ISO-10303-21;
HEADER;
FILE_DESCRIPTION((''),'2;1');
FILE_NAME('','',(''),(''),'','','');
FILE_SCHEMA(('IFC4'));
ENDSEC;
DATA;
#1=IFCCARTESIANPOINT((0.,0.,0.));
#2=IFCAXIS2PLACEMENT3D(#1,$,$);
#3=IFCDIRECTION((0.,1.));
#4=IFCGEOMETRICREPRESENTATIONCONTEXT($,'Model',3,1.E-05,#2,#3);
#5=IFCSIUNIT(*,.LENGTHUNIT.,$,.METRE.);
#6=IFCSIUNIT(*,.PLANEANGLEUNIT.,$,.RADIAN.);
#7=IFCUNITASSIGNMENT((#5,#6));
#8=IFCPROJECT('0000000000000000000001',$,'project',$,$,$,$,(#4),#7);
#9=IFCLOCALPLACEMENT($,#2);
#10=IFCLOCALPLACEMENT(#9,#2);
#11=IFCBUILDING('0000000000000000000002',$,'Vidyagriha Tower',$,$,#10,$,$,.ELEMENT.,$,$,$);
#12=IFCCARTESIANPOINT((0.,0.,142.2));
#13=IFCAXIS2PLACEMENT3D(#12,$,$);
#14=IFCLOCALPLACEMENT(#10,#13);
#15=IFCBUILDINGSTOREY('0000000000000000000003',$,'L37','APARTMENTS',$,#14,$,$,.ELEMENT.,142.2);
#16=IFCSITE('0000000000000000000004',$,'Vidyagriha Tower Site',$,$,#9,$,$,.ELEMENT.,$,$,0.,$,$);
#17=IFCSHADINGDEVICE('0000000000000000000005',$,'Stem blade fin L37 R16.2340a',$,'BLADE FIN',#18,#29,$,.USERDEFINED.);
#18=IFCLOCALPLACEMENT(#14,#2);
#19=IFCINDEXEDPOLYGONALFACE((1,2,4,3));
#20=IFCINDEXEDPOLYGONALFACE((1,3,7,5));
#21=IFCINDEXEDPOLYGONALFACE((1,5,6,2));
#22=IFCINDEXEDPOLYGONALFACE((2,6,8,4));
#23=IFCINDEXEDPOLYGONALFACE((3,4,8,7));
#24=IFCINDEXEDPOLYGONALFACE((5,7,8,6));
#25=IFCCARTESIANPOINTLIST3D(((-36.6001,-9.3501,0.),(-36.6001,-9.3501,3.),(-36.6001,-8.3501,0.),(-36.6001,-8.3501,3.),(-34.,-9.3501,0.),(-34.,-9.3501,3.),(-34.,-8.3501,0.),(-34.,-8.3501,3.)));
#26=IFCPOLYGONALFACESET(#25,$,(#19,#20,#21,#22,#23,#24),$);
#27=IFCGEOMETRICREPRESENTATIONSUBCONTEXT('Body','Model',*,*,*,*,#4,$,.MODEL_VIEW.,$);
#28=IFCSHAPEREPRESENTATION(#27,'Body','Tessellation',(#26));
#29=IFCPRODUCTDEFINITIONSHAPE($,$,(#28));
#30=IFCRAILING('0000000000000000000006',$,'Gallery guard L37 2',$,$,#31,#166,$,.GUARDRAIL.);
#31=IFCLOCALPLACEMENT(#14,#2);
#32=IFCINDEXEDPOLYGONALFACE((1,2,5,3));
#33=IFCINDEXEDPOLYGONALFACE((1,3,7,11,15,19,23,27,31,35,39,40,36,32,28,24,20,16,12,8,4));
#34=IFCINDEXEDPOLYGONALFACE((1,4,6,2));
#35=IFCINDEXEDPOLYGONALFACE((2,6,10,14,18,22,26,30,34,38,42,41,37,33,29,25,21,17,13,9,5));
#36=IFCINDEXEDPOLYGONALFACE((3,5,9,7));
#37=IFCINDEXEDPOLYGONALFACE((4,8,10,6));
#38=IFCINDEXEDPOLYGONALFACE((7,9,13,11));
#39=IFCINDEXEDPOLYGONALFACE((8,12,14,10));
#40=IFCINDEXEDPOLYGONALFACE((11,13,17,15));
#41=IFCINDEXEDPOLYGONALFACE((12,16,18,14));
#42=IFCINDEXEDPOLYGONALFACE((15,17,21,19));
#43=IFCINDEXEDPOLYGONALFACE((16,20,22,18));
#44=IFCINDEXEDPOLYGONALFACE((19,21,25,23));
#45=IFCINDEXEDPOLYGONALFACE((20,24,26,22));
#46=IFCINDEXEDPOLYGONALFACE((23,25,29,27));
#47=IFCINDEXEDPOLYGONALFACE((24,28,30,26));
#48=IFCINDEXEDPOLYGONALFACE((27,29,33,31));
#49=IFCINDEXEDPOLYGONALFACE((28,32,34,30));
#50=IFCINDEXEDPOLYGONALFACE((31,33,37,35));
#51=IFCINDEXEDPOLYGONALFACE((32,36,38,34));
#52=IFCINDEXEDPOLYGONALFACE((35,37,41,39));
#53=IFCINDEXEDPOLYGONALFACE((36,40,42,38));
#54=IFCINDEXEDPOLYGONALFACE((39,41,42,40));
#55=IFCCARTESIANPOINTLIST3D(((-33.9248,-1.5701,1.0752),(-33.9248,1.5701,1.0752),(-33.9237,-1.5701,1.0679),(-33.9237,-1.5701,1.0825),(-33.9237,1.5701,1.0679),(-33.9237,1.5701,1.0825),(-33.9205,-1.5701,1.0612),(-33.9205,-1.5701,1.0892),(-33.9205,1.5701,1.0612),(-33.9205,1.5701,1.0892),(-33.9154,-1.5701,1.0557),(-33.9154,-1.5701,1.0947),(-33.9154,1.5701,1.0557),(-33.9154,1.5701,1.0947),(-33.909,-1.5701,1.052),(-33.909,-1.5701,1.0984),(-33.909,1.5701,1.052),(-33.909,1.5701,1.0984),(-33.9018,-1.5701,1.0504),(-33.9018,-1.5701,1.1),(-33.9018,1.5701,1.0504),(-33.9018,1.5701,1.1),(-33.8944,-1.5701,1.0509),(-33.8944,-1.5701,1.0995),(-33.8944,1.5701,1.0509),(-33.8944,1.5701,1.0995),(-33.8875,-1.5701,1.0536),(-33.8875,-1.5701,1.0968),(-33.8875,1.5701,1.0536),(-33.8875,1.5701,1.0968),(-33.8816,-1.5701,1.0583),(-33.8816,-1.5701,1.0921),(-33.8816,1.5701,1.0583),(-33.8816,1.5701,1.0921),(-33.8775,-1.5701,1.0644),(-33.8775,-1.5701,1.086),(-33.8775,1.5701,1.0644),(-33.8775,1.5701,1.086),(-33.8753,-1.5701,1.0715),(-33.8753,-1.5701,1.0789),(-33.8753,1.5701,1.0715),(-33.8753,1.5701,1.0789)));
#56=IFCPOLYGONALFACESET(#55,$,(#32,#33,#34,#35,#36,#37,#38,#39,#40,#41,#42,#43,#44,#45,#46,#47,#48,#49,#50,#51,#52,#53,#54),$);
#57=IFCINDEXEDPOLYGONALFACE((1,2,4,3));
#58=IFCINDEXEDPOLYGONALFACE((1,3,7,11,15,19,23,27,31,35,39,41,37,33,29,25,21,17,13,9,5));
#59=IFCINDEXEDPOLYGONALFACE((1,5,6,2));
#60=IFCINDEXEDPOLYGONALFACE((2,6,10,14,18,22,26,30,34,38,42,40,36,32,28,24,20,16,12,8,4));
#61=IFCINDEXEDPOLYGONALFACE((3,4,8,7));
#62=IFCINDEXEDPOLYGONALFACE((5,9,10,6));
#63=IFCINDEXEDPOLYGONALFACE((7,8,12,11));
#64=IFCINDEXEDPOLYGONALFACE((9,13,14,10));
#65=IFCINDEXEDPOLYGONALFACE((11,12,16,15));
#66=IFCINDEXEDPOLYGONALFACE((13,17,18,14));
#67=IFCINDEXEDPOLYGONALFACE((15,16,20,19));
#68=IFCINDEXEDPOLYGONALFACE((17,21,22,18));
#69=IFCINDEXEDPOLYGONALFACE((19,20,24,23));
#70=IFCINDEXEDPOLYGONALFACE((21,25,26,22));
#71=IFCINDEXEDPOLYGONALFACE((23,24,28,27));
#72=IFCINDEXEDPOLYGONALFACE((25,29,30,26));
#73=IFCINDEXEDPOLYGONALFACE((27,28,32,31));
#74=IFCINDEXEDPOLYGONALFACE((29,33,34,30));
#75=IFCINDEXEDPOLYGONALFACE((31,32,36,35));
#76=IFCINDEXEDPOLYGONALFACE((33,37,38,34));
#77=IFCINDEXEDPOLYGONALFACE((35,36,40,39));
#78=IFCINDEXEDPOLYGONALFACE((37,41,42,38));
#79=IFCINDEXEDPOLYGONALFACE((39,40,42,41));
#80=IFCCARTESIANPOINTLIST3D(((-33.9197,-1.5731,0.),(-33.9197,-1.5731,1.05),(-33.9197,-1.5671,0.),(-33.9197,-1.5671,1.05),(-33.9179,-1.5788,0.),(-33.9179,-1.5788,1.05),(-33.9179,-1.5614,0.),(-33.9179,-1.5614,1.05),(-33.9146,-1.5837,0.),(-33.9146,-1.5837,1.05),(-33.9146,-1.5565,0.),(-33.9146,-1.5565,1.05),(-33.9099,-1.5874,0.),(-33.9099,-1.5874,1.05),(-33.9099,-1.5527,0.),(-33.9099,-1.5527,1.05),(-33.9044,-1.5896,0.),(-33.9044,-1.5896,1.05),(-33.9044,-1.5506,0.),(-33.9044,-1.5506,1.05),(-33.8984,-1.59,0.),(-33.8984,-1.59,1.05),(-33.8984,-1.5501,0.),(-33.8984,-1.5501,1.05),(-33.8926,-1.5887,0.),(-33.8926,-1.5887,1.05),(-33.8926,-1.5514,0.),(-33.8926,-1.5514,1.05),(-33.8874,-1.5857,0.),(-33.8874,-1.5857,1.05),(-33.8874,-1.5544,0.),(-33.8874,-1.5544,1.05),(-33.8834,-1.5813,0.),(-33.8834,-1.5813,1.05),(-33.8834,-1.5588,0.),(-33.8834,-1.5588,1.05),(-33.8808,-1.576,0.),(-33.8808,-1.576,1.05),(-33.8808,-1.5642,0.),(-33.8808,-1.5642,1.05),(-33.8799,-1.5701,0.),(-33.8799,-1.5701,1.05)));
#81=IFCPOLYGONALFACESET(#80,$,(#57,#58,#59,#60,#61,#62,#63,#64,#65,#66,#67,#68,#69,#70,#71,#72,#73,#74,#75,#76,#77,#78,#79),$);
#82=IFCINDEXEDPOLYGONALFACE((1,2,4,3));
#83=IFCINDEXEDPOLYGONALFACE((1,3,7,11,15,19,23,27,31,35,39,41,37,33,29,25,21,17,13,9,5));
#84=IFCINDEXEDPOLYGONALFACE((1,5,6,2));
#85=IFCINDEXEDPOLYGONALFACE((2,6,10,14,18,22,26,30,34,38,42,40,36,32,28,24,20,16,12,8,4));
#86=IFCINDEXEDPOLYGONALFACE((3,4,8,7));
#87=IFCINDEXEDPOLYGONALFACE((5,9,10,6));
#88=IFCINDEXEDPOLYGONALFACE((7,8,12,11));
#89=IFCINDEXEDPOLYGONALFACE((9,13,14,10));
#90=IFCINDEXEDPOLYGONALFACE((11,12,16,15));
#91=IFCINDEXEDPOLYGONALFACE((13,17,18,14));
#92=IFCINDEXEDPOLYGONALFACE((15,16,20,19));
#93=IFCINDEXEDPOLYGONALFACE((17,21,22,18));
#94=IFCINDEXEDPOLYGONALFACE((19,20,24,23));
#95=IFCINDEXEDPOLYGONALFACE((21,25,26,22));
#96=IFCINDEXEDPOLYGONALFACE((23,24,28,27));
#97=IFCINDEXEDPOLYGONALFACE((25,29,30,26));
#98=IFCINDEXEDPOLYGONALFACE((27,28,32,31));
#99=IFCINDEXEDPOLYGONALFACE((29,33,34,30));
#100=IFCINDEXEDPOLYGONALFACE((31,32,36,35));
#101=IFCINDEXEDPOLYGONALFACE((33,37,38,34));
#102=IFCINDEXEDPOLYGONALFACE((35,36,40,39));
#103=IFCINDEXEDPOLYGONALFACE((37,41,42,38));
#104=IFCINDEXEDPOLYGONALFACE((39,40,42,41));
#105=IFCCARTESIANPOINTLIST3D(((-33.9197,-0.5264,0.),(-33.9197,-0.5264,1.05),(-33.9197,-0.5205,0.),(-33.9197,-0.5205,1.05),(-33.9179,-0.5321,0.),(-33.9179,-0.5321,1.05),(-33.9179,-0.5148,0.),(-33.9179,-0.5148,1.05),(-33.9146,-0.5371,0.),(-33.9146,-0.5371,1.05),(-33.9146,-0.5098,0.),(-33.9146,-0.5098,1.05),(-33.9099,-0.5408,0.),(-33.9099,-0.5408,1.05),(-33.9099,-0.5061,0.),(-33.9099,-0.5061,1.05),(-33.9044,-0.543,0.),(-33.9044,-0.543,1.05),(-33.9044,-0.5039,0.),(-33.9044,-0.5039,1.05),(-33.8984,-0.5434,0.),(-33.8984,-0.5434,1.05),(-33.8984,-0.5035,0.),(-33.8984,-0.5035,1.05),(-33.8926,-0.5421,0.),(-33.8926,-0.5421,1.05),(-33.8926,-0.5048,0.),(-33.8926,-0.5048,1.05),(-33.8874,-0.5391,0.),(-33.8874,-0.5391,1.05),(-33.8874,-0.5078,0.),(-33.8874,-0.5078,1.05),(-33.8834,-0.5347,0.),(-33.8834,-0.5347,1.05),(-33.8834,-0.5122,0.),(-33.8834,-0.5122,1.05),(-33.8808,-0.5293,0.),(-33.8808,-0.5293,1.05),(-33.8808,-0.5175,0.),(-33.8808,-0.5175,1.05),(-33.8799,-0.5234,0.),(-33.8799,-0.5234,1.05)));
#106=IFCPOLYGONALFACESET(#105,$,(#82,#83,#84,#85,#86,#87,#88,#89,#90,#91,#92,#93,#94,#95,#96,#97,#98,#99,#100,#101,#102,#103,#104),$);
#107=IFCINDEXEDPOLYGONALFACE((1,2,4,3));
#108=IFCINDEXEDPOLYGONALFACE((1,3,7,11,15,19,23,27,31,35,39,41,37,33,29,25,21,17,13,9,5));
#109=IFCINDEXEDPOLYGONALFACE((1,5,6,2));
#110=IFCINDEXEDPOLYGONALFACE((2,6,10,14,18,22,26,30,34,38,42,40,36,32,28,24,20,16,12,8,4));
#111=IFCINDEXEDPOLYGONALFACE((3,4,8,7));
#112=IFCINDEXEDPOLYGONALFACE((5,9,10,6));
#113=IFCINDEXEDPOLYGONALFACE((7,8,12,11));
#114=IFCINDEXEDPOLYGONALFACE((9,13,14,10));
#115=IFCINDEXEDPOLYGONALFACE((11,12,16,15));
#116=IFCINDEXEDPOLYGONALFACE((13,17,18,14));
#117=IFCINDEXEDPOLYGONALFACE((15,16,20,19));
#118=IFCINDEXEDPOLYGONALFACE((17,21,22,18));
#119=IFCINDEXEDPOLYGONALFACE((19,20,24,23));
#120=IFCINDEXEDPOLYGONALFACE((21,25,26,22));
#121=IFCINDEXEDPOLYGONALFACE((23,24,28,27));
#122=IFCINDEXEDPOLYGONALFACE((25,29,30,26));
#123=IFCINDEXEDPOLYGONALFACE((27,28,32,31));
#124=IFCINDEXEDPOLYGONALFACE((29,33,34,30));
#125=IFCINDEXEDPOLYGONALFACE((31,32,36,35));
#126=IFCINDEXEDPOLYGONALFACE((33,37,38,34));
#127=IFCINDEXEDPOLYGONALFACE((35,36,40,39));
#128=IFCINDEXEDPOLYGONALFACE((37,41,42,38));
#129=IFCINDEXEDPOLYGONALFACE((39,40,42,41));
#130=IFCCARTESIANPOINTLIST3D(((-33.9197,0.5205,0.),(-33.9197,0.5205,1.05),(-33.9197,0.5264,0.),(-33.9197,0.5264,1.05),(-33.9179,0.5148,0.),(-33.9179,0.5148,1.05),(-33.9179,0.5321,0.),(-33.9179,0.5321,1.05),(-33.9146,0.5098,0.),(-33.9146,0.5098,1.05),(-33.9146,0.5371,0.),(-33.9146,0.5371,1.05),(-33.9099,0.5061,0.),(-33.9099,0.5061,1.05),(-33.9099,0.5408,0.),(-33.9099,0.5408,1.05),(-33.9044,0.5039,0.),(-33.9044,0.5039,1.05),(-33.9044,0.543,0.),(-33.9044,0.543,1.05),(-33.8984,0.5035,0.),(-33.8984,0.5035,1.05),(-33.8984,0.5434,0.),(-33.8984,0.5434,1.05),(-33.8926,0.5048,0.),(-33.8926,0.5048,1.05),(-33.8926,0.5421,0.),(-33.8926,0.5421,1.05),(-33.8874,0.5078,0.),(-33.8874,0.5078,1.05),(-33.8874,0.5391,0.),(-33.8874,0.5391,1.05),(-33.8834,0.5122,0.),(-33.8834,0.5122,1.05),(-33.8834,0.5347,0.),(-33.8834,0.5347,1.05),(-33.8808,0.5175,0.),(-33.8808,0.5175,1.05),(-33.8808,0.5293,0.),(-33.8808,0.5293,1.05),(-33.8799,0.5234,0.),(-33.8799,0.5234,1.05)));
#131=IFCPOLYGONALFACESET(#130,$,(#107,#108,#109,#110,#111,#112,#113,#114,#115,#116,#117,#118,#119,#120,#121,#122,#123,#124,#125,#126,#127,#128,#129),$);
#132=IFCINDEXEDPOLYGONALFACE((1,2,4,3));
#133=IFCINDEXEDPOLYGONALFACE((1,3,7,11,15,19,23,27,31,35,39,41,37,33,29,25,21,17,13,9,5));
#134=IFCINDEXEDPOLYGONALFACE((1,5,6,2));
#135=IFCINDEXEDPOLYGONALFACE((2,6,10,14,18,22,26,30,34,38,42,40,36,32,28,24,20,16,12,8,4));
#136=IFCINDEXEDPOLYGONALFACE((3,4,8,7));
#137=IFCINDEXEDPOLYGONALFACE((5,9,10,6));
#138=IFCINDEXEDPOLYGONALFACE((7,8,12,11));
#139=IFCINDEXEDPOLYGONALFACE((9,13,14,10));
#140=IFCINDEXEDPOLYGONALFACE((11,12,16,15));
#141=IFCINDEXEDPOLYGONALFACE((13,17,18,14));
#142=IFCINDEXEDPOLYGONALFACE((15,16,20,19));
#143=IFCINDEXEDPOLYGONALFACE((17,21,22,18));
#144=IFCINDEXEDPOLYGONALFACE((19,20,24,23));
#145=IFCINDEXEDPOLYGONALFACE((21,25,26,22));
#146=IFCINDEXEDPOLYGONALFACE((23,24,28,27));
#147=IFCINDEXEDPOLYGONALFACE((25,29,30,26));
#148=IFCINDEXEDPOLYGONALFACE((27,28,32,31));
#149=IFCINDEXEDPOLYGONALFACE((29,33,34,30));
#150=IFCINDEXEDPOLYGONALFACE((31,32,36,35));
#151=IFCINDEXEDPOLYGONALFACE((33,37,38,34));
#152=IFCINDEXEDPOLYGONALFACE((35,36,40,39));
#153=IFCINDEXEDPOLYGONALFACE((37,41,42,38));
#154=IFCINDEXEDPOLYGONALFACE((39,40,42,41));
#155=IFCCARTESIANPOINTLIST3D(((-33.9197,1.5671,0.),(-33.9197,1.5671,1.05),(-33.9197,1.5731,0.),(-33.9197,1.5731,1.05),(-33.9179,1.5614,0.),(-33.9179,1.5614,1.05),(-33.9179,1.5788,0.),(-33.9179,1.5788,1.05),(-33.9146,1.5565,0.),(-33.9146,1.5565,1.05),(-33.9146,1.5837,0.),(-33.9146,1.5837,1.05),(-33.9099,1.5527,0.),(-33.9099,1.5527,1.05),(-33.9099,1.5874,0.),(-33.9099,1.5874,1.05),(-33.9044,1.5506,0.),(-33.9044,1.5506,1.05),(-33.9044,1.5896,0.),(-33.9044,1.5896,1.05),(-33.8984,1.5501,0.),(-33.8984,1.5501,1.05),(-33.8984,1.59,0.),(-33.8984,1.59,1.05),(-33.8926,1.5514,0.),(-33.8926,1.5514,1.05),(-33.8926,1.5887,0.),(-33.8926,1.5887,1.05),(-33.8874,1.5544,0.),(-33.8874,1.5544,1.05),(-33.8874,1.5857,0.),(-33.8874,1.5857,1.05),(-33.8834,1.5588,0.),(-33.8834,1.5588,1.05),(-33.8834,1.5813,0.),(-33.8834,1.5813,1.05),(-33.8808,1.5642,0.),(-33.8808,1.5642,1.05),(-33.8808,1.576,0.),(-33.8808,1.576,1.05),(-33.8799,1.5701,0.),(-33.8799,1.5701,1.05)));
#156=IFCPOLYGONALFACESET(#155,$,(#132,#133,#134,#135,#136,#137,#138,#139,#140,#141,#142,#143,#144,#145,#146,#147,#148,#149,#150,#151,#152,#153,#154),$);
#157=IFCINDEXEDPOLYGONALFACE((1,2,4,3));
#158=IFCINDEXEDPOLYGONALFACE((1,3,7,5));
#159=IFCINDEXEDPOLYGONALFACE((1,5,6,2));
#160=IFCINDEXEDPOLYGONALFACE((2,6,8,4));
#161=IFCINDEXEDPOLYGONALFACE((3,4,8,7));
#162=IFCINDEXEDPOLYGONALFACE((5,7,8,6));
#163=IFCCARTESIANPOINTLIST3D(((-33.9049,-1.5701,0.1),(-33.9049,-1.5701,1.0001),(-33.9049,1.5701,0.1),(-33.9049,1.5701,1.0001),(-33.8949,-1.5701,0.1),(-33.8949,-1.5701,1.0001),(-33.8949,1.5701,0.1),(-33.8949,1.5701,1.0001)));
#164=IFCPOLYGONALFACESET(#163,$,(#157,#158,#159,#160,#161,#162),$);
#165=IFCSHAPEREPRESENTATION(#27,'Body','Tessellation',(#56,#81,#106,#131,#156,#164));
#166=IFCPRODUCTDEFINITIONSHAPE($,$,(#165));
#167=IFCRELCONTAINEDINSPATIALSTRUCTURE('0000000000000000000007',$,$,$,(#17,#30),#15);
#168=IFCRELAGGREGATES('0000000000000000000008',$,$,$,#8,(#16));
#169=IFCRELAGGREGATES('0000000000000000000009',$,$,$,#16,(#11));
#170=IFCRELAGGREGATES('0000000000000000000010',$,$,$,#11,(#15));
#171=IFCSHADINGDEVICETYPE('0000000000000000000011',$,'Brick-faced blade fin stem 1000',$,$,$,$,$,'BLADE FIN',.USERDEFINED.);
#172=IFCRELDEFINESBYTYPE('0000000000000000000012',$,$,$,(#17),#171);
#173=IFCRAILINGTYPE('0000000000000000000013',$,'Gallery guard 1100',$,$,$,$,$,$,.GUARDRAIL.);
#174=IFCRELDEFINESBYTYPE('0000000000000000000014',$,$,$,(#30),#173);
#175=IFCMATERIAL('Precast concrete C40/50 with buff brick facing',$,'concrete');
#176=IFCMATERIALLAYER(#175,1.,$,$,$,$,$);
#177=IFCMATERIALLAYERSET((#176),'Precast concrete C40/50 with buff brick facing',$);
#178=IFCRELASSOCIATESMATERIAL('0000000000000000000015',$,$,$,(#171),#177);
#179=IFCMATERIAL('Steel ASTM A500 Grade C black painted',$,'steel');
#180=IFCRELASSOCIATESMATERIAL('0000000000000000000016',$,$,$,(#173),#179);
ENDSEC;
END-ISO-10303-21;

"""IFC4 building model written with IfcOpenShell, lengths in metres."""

from ifc_helpers import new_model, si_unit, direction, frame, origin, origin_2d, place, context, subcontext, project, spatial, polyline, rectangle, circle, outline, extrude, material, layer, layer_set, type_object, element, save


model = new_model("IFC4")

# Units and contexts
model_context = context("Model", 3, precision=1e-05, world=origin(), true_north=direction((0.0, 1.0)))
body_context = subcontext(model_context, "Body", "Model", "MODEL_VIEW")
ifc_project = project(units=[si_unit("LENGTHUNIT", "METRE"), si_unit("PLANEANGLEUNIT", "RADIAN")], contexts=[model_context])

# Site, building, storey
site_placement = place(None, origin())
site = spatial("IfcSite", under=ifc_project, at=site_placement, Name="Vidyagriha Tower Site", CompositionType="ELEMENT", RefElevation=0.0)
building_placement = place(site_placement, origin())
building = spatial("IfcBuilding", under=site, at=building_placement, Name="Vidyagriha Tower", CompositionType="ELEMENT")
storey_placement = place(building_placement, frame((0.0, 0.0, 142.2)))
storey = spatial("IfcBuildingStorey", under=building, at=storey_placement, Name="L37", Description="APARTMENTS", CompositionType="ELEMENT", Elevation=142.2)

# Shading device
ifc_material_1 = material(Name="Precast concrete C40/50 with buff brick facing", Category="concrete")
ifc_layer_1 = layer(ifc_material_1, 1.0)
ifc_layer_set_1 = layer_set([ifc_layer_1], Name="Precast concrete C40/50 with buff brick facing")
shading_device_type_1 = type_object("IfcShadingDeviceType", Name="Brick-faced blade fin stem 1000", ElementType="BLADE FIN", PredefinedType="USERDEFINED", material=ifc_layer_set_1)
shading_device_1_placement = place(storey_placement, frame((-35.3, -8.3501, 0.0), z_axis=(0.0, 0.0, 1.0), x_axis=(0.0, -1.0, 0.0)))
element("IfcShadingDevice", 1, at=shading_device_1_placement, inside=storey, type_object=shading_device_type_1, Name="Stem blade fin L37 R16.2340a", ObjectType="BLADE FIN", PredefinedType="USERDEFINED", context=body_context, shape_type="SweptSolid", body=[
    extrude(outline(polyline([(0.0, 0.0), (1.0, 0.0), (1.0, 3.0), (0.0, 3.0), (0.0, 0.0)])), frame((0.0, 1.3, 0.0), z_axis=(0.0, -1.0, 0.0), x_axis=(1.0, 0.0, 0.0)), (0.0, 0.0, 1.0), 2.6001),
])

# Railing
ifc_material_2 = material(Name="Steel ASTM A500 Grade C black painted", Category="steel")
railing_type_1 = type_object("IfcRailingType", Name="Gallery guard 1100", PredefinedType="GUARDRAIL", material=ifc_material_2)
railing_1_placement = place(storey_placement, frame((-33.8999, -1.5701, 0.0)))
element("IfcRailing", 2, at=railing_1_placement, inside=storey, type_object=railing_type_1, Name="Gallery guard L37 2", PredefinedType="GUARDRAIL", context=body_context, shape_type="SweptSolid", body=[
    extrude(circle(Radius=0.0249, at=origin_2d()), frame((0.0, 0.0, 1.0752), z_axis=(0.0, 1.0, 0.0), x_axis=(-1.0, 0.0, 0.0)), (0.0, 0.0, 1.0), 3.1401),
    extrude(circle(Radius=0.02, at=origin_2d()), origin(), (0.0, 0.0, 1.0), 1.05),
    extrude(circle(Radius=0.02, at=origin_2d()), frame((0.0, 1.0466, 0.0)), (0.0, 0.0, 1.0), 1.05),
    extrude(circle(Radius=0.02, at=origin_2d()), frame((0.0, 2.0935, 0.0)), (0.0, 0.0, 1.0), 1.05),
    extrude(circle(Radius=0.02, at=origin_2d()), frame((0.0, 3.1401, 0.0)), (0.0, 0.0, 1.0), 1.05),
    extrude(rectangle(XDim=0.01, YDim=0.9001, at=origin_2d()), frame((0.0, 0.0, 0.55), z_axis=(0.0, 1.0, 0.0), x_axis=(-1.0, 0.0, 0.0)), (0.0, 0.0, 1.0), 3.1401),
])

save(model, "model.ifc")
